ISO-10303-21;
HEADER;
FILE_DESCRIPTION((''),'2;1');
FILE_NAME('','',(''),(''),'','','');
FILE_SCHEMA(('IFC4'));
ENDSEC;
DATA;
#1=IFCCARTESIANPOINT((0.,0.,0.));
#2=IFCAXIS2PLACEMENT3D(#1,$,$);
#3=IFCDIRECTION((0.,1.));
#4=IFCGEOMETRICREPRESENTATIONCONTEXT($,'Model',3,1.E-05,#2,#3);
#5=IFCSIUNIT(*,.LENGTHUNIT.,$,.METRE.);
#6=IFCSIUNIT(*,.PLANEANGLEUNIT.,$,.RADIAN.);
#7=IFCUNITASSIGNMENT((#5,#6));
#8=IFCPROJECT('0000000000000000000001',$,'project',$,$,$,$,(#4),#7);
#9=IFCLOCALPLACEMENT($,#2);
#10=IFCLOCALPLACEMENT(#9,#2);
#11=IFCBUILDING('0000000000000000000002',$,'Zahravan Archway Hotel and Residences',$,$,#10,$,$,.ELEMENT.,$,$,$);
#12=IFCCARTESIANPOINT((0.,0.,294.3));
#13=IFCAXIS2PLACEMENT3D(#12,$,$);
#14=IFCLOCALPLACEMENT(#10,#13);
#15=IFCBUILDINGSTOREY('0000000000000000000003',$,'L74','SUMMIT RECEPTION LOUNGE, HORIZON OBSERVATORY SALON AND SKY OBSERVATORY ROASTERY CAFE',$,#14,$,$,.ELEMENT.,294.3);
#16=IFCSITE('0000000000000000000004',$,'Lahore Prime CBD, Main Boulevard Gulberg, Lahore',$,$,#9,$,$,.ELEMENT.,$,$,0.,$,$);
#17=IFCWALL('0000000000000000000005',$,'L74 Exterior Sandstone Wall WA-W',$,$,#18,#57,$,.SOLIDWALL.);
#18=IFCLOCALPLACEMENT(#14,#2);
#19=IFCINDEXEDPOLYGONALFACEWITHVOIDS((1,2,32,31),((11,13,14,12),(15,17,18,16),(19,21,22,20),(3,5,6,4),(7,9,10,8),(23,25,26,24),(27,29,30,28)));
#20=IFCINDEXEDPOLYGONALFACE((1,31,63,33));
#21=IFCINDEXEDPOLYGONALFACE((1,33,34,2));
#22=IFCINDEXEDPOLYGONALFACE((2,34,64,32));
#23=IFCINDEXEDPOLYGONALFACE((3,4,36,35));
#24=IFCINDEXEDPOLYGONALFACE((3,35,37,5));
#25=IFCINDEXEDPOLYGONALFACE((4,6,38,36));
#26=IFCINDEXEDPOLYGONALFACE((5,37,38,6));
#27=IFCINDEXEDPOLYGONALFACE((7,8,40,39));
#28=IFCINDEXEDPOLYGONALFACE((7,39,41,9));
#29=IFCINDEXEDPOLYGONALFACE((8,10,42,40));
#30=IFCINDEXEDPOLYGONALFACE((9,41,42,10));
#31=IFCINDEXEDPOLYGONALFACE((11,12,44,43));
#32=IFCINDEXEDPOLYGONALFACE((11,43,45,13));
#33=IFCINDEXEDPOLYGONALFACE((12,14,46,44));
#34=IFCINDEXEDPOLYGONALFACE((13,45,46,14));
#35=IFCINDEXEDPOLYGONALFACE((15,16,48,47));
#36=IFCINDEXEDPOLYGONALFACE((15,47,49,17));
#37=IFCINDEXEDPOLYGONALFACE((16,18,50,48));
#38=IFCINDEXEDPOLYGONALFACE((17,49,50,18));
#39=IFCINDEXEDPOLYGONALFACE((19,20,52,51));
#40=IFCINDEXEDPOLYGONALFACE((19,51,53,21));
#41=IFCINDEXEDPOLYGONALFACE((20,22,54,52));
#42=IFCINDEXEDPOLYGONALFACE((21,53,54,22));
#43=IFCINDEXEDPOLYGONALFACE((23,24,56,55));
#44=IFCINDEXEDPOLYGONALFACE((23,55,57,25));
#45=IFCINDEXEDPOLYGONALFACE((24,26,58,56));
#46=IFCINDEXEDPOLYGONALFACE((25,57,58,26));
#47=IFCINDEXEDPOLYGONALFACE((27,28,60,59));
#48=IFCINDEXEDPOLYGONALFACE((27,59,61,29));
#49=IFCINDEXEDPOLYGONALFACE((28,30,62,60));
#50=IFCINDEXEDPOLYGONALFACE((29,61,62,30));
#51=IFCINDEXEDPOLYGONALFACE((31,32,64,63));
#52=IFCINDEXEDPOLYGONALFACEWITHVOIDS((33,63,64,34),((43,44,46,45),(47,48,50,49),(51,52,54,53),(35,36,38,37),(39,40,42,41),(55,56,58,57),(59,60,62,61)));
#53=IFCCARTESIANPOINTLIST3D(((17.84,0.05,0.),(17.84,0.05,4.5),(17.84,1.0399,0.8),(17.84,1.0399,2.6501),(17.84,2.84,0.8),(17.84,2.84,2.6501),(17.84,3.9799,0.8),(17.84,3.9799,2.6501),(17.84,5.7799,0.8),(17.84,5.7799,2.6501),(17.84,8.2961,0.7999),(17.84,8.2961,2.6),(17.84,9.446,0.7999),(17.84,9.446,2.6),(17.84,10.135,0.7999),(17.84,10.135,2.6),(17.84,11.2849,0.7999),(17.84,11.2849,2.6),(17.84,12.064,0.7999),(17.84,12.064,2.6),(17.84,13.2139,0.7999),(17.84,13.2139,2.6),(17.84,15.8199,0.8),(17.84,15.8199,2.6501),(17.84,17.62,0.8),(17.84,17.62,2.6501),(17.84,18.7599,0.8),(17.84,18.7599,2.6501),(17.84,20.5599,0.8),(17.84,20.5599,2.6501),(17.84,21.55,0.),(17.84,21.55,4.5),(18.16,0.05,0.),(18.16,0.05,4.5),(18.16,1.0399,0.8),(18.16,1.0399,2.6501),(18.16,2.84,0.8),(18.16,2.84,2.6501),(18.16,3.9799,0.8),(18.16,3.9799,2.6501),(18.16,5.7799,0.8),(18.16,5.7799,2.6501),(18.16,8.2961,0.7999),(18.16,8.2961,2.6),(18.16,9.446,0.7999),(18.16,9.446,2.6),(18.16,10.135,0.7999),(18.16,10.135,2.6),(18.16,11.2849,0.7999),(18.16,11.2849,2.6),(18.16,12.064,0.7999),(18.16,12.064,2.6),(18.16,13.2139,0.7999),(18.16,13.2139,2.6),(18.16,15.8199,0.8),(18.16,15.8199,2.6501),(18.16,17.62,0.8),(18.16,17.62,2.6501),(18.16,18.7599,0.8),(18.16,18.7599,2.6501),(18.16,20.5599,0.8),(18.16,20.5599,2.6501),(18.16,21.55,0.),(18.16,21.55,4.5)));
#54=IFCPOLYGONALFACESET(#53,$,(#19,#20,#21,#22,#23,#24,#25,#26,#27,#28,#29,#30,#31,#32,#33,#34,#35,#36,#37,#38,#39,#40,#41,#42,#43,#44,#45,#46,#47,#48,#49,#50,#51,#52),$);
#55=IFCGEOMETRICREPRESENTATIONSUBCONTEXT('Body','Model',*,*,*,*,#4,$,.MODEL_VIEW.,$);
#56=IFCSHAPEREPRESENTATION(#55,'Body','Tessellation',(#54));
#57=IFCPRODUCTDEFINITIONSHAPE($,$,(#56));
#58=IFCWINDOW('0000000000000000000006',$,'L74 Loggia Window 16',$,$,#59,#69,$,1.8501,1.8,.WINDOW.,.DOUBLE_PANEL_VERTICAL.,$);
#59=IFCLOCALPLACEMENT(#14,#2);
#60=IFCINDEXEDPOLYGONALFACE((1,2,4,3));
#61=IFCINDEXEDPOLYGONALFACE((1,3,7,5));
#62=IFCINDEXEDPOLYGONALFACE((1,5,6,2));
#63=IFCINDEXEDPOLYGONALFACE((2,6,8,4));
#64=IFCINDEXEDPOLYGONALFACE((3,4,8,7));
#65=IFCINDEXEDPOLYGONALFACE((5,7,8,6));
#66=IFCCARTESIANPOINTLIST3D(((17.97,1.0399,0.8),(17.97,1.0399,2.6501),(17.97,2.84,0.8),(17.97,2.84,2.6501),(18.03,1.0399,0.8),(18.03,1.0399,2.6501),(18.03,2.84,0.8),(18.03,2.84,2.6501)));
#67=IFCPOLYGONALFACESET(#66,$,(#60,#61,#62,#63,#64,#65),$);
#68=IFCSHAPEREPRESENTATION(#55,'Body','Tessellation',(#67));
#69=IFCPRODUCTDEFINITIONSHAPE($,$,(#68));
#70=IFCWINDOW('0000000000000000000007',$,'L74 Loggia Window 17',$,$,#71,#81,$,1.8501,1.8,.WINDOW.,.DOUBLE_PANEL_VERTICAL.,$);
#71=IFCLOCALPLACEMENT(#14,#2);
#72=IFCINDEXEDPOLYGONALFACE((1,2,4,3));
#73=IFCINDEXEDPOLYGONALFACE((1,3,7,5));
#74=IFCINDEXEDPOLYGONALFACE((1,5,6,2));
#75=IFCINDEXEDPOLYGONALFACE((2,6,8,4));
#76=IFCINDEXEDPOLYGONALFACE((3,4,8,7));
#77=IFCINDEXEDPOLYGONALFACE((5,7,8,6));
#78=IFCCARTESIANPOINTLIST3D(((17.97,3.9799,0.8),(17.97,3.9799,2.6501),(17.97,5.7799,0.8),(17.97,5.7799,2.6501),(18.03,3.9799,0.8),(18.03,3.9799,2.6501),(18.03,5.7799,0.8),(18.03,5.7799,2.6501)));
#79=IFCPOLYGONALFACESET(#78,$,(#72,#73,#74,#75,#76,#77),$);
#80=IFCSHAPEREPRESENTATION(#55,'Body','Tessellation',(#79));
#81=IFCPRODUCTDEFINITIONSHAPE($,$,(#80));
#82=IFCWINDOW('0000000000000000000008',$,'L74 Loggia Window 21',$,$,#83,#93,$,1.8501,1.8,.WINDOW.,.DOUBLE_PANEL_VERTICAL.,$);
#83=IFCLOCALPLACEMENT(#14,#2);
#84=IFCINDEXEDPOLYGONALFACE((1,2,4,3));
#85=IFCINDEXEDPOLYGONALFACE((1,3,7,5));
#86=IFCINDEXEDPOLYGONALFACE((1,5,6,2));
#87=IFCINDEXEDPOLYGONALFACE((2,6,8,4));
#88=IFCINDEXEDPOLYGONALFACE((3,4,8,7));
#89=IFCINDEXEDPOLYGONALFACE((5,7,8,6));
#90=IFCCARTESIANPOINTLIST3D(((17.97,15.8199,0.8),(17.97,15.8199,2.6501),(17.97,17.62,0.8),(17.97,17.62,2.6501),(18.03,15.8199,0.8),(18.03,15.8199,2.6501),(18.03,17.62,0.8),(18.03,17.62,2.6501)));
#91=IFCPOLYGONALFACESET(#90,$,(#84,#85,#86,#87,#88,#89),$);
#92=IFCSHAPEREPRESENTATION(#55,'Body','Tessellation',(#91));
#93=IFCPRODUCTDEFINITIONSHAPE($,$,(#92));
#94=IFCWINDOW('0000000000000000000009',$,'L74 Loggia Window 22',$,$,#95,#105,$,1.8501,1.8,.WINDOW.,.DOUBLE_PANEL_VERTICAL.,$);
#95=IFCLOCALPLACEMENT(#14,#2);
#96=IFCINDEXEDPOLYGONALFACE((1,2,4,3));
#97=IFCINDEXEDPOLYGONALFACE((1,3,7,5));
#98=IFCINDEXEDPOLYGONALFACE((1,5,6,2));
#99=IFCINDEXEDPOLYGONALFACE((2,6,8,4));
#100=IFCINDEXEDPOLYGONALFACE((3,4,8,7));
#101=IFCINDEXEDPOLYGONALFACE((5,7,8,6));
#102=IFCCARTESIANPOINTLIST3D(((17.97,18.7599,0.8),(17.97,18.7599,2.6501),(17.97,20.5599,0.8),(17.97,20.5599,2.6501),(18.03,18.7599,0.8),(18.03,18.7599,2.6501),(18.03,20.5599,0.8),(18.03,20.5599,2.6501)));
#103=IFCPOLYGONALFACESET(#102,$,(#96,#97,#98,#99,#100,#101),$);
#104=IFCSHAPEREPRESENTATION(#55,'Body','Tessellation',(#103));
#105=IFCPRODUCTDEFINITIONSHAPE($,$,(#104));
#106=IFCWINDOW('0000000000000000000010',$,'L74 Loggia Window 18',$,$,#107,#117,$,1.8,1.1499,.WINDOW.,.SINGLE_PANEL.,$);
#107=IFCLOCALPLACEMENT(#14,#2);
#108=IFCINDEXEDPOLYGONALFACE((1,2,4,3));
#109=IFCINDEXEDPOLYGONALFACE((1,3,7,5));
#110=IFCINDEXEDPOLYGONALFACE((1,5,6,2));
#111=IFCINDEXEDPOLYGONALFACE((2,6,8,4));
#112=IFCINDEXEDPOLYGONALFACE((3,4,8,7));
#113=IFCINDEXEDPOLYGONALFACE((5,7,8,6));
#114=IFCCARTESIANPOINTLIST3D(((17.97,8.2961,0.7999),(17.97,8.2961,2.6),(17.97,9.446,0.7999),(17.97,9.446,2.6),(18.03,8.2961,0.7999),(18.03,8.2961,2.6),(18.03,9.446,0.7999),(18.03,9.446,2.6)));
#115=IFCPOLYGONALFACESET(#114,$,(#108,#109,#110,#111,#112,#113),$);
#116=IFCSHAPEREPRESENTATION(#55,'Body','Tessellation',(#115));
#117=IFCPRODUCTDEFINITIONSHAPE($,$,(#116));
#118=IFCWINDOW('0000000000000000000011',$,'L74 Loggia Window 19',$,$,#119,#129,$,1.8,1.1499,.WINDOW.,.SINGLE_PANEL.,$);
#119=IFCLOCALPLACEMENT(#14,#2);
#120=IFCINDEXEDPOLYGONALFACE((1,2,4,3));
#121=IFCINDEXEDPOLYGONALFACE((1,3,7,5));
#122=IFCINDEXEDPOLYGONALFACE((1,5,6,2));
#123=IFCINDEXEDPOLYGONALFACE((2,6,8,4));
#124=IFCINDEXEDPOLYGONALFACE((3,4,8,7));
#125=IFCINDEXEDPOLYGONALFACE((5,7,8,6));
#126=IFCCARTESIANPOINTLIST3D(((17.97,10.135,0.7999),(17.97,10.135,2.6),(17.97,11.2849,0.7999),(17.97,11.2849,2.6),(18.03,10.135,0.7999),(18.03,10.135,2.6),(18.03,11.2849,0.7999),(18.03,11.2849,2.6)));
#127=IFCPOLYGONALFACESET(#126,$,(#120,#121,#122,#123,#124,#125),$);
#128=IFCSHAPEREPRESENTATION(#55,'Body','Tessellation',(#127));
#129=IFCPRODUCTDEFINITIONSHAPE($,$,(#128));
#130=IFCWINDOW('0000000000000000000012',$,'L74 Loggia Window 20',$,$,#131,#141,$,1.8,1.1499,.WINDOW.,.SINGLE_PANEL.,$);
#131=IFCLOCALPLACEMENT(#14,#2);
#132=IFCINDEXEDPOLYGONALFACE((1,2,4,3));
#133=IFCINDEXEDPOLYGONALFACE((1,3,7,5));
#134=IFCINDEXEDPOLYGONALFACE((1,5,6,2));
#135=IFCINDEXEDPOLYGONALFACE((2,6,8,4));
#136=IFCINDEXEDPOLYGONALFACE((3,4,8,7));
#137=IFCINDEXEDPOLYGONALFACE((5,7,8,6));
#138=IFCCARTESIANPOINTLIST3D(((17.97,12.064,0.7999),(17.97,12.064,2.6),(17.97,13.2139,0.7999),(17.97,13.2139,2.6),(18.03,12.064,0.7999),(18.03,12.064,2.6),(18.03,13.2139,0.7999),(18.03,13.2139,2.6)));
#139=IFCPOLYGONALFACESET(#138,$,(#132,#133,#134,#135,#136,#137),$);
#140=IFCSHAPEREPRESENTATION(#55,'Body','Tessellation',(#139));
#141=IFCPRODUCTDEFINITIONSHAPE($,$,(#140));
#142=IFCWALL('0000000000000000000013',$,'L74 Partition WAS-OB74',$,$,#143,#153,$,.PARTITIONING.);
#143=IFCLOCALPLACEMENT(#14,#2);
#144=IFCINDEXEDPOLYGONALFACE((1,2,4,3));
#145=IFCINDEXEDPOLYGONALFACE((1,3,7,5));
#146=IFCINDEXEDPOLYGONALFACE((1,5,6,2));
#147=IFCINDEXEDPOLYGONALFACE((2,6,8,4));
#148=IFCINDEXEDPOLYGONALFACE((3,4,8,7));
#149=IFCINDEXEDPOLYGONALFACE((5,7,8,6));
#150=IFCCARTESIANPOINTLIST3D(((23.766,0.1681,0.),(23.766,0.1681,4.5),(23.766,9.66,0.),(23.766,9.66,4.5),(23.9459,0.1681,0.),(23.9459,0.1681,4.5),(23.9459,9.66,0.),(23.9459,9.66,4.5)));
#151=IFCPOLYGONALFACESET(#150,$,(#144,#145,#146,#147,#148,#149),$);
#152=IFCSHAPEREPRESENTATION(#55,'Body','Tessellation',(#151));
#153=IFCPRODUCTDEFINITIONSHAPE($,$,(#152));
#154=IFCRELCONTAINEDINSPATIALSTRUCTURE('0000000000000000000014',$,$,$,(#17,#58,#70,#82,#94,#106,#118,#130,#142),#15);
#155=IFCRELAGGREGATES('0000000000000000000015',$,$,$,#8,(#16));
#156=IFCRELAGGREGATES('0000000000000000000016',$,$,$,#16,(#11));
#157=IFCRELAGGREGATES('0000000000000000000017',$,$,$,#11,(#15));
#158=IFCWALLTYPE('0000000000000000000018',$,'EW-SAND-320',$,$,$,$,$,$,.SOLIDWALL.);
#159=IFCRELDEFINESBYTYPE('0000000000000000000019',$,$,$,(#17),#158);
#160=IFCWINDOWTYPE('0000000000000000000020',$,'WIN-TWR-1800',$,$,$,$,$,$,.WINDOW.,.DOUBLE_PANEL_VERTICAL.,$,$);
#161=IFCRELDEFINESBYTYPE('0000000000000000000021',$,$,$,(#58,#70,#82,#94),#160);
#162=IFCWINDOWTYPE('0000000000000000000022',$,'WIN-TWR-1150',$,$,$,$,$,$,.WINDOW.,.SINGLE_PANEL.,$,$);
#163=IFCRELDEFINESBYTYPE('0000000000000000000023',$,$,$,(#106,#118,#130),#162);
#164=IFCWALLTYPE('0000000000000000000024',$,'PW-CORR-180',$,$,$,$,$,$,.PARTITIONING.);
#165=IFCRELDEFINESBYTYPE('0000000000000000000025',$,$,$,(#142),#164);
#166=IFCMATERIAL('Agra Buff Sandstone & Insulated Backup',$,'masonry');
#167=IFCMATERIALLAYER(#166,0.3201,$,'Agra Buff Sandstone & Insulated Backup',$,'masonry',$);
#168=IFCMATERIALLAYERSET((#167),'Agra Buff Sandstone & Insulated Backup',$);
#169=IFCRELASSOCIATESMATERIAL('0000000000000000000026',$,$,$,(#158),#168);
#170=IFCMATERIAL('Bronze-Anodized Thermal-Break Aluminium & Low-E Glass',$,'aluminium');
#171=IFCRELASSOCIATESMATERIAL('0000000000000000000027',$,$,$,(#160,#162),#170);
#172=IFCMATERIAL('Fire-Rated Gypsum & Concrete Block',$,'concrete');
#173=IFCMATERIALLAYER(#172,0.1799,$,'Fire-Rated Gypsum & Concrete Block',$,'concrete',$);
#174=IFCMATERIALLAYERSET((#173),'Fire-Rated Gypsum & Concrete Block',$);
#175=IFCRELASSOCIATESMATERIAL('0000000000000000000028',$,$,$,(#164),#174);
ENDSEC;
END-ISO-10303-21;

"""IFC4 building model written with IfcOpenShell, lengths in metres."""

from ifc_helpers import new_model, si_unit, direction, frame, frame_2d, origin, place, context, subcontext, project, spatial, rectangle, extrude, source, transform, mapped, material, layer, layer_set, type_object, type_shapes, element, fill, save


model = new_model("IFC4")

# Units and contexts
model_context = context("Model", 3, precision=1e-05, world=origin(), true_north=direction((0.0, 1.0)))
body_context = subcontext(model_context, "Body", "Model", "MODEL_VIEW")
ifc_project = project(units=[si_unit("LENGTHUNIT", "METRE"), si_unit("PLANEANGLEUNIT", "RADIAN")], contexts=[model_context])

# Site, building, storey
site_placement = place(None, origin())
site = spatial("IfcSite", under=ifc_project, at=site_placement, Name="Lahore Prime CBD, Main Boulevard Gulberg, Lahore", CompositionType="ELEMENT", RefElevation=0.0)
building_placement = place(site_placement, origin())
building = spatial("IfcBuilding", under=site, at=building_placement, Name="Zahravan Archway Hotel and Residences", CompositionType="ELEMENT")
storey_placement = place(building_placement, frame((0.0, 0.0, 294.3)))
storey = spatial("IfcBuildingStorey", under=building, at=storey_placement, Name="L74", Description="SUMMIT RECEPTION LOUNGE, HORIZON OBSERVATORY SALON AND SKY OBSERVATORY ROASTERY CAFE", CompositionType="ELEMENT", Elevation=294.3)

# Shared definitions
ifc_material_1 = material(Name="Agra Buff Sandstone & Insulated Backup", Category="masonry")
ifc_layer_1 = layer(ifc_material_1, 0.3201, Name="Agra Buff Sandstone & Insulated Backup", Category="masonry")
ifc_layer_set_1 = layer_set([ifc_layer_1], Name="Agra Buff Sandstone & Insulated Backup")
wall_type_1 = type_object("IfcWallType", Name="EW-SAND-320", PredefinedType="SOLIDWALL", material=ifc_layer_set_1)
ifc_material_2 = material(Name="Bronze-Anodized Thermal-Break Aluminium & Low-E Glass", Category="aluminium")
window_type_1 = type_object("IfcWindowType", Name="WIN-TWR-1800", PartitioningType="DOUBLE_PANEL_VERTICAL", PredefinedType="WINDOW", material=ifc_material_2)
shared_shape_1 = source(origin(), body_context, "Body", "SweptSolid", [
    extrude(rectangle(XDim=1.8, YDim=1.8501, at=frame_2d((0.8999, 0.925))), frame((0.0, 0.03, 0.0), z_axis=(0.0, -1.0, 0.0), x_axis=(1.0, 0.0, 0.0)), (0.0, 0.0, 1.0), 0.0601),
])
type_shapes(window_type_1, [shared_shape_1])

# Wall, openings, windows
wall_1_placement = place(storey_placement, frame((18.0, 0.05, 0.0), z_axis=(0.0, 0.0, 1.0), x_axis=(0.0, 1.0, 0.0)))
wall_1 = element("IfcWall", 1, at=wall_1_placement, inside=storey, type_object=wall_type_1, Name="L74 Exterior Sandstone Wall WA-W", PredefinedType="SOLIDWALL", context=body_context, shape_type="SweptSolid", body=[
    extrude(rectangle(XDim=21.5, YDim=0.3201, at=frame_2d((10.75, 0.0))), origin(), (0.0, 0.0, 1.0), 4.5),
])
opening_1_placement = place(wall_1_placement, frame((0.99, 0.0, 0.8)))
opening_1 = element("IfcOpeningElement", 2, at=opening_1_placement, cuts=wall_1, PredefinedType="OPENING", context=body_context, shape_type="SweptSolid", body=[
    extrude(rectangle(XDim=1.8, YDim=1.8501, at=frame_2d((0.8999, 0.925))), frame((0.0, 0.1699, 0.0), z_axis=(0.0, -1.0, 0.0), x_axis=(1.0, 0.0, 0.0)), (0.0, 0.0, 1.0), 0.3401),
])
opening_2_placement = place(wall_1_placement, frame((3.9299, 0.0, 0.8)))
opening_2 = element("IfcOpeningElement", 3, at=opening_2_placement, cuts=wall_1, PredefinedType="OPENING", context=body_context, shape_type="SweptSolid", body=[
    extrude(rectangle(XDim=1.8, YDim=1.8501, at=frame_2d((0.8999, 0.925))), frame((0.0, 0.1699, 0.0), z_axis=(0.0, -1.0, 0.0), x_axis=(1.0, 0.0, 0.0)), (0.0, 0.0, 1.0), 0.3401),
])
opening_3_placement = place(wall_1_placement, frame((8.2461, 0.0, 0.8)))
opening_3 = element("IfcOpeningElement", 4, at=opening_3_placement, cuts=wall_1, PredefinedType="OPENING", context=body_context, shape_type="SweptSolid", body=[
    extrude(rectangle(XDim=1.1499, YDim=1.8, at=frame_2d((0.575, 0.8999))), frame((0.0, 0.1699, 0.0), z_axis=(0.0, -1.0, 0.0), x_axis=(1.0, 0.0, 0.0)), (0.0, 0.0, 1.0), 0.3401),
])
opening_4_placement = place(wall_1_placement, frame((10.085, 0.0, 0.8)))
opening_4 = element("IfcOpeningElement", 5, at=opening_4_placement, cuts=wall_1, PredefinedType="OPENING", context=body_context, shape_type="SweptSolid", body=[
    extrude(rectangle(XDim=1.1499, YDim=1.8, at=frame_2d((0.575, 0.8999))), frame((0.0, 0.1699, 0.0), z_axis=(0.0, -1.0, 0.0), x_axis=(1.0, 0.0, 0.0)), (0.0, 0.0, 1.0), 0.3401),
])
opening_5_placement = place(wall_1_placement, frame((12.0139, 0.0, 0.8)))
opening_5 = element("IfcOpeningElement", 6, at=opening_5_placement, cuts=wall_1, PredefinedType="OPENING", context=body_context, shape_type="SweptSolid", body=[
    extrude(rectangle(XDim=1.1499, YDim=1.8, at=frame_2d((0.575, 0.8999))), frame((0.0, 0.1699, 0.0), z_axis=(0.0, -1.0, 0.0), x_axis=(1.0, 0.0, 0.0)), (0.0, 0.0, 1.0), 0.3401),
])
opening_6_placement = place(wall_1_placement, frame((15.77, 0.0, 0.8)))
opening_6 = element("IfcOpeningElement", 7, at=opening_6_placement, cuts=wall_1, PredefinedType="OPENING", context=body_context, shape_type="SweptSolid", body=[
    extrude(rectangle(XDim=1.8, YDim=1.8501, at=frame_2d((0.8999, 0.925))), frame((0.0, 0.1699, 0.0), z_axis=(0.0, -1.0, 0.0), x_axis=(1.0, 0.0, 0.0)), (0.0, 0.0, 1.0), 0.3401),
])
opening_7_placement = place(wall_1_placement, frame((18.71, 0.0, 0.8)))
opening_7 = element("IfcOpeningElement", 8, at=opening_7_placement, cuts=wall_1, PredefinedType="OPENING", context=body_context, shape_type="SweptSolid", body=[
    extrude(rectangle(XDim=1.8, YDim=1.8501, at=frame_2d((0.8999, 0.925))), frame((0.0, 0.1699, 0.0), z_axis=(0.0, -1.0, 0.0), x_axis=(1.0, 0.0, 0.0)), (0.0, 0.0, 1.0), 0.3401),
])
window_1_placement = place(opening_1_placement, origin())
window_1 = element("IfcWindow", 9, at=window_1_placement, inside=storey, type_object=window_type_1, Name="L74 Loggia Window 16", OverallHeight=1.8501, OverallWidth=1.8, PartitioningType="DOUBLE_PANEL_VERTICAL", PredefinedType="WINDOW", context=body_context, shape_type="MappedRepresentation", body=[
    mapped(shared_shape_1, transform((0.0, 0.0, 0.0), scale=1.0)),
])
fill(opening_1, window_1)
window_2_placement = place(opening_2_placement, origin())
window_2 = element("IfcWindow", 10, at=window_2_placement, inside=storey, type_object=window_type_1, Name="L74 Loggia Window 17", OverallHeight=1.8501, OverallWidth=1.8, PartitioningType="DOUBLE_PANEL_VERTICAL", PredefinedType="WINDOW", context=body_context, shape_type="MappedRepresentation", body=[
    mapped(shared_shape_1, transform((0.0, 0.0, 0.0), scale=1.0)),
])
fill(opening_2, window_2)
window_3_placement = place(opening_6_placement, origin())
window_3 = element("IfcWindow", 11, at=window_3_placement, inside=storey, type_object=window_type_1, Name="L74 Loggia Window 21", OverallHeight=1.8501, OverallWidth=1.8, PartitioningType="DOUBLE_PANEL_VERTICAL", PredefinedType="WINDOW", context=body_context, shape_type="MappedRepresentation", body=[
    mapped(shared_shape_1, transform((0.0, 0.0, 0.0), scale=1.0)),
])
fill(opening_6, window_3)
window_4_placement = place(opening_7_placement, origin())
window_4 = element("IfcWindow", 12, at=window_4_placement, inside=storey, type_object=window_type_1, Name="L74 Loggia Window 22", OverallHeight=1.8501, OverallWidth=1.8, PartitioningType="DOUBLE_PANEL_VERTICAL", PredefinedType="WINDOW", context=body_context, shape_type="MappedRepresentation", body=[
    mapped(shared_shape_1, transform((0.0, 0.0, 0.0), scale=1.0)),
])
fill(opening_7, window_4)
window_type_2 = type_object("IfcWindowType", Name="WIN-TWR-1150", PartitioningType="SINGLE_PANEL", PredefinedType="WINDOW", material=ifc_material_2)
shared_shape_2 = source(origin(), body_context, "Body", "SweptSolid", [
    extrude(rectangle(XDim=1.1499, YDim=1.8, at=frame_2d((0.575, 0.8999))), frame((0.0, 0.03, 0.0), z_axis=(0.0, -1.0, 0.0), x_axis=(1.0, 0.0, 0.0)), (0.0, 0.0, 1.0), 0.0601),
])
type_shapes(window_type_2, [shared_shape_2])
window_5_placement = place(opening_3_placement, origin())
window_5 = element("IfcWindow", 13, at=window_5_placement, inside=storey, type_object=window_type_2, Name="L74 Loggia Window 18", OverallHeight=1.8, OverallWidth=1.1499, PartitioningType="SINGLE_PANEL", PredefinedType="WINDOW", context=body_context, shape_type="MappedRepresentation", body=[
    mapped(shared_shape_2, transform((0.0, 0.0, 0.0), scale=1.0)),
])
fill(opening_3, window_5)
window_6_placement = place(opening_4_placement, origin())
window_6 = element("IfcWindow", 14, at=window_6_placement, inside=storey, type_object=window_type_2, Name="L74 Loggia Window 19", OverallHeight=1.8, OverallWidth=1.1499, PartitioningType="SINGLE_PANEL", PredefinedType="WINDOW", context=body_context, shape_type="MappedRepresentation", body=[
    mapped(shared_shape_2, transform((0.0, 0.0, 0.0), scale=1.0)),
])
fill(opening_4, window_6)
window_7_placement = place(opening_5_placement, origin())
window_7 = element("IfcWindow", 15, at=window_7_placement, inside=storey, type_object=window_type_2, Name="L74 Loggia Window 20", OverallHeight=1.8, OverallWidth=1.1499, PartitioningType="SINGLE_PANEL", PredefinedType="WINDOW", context=body_context, shape_type="MappedRepresentation", body=[
    mapped(shared_shape_2, transform((0.0, 0.0, 0.0), scale=1.0)),
])
fill(opening_5, window_7)

# Wall
ifc_material_3 = material(Name="Fire-Rated Gypsum & Concrete Block", Category="concrete")
ifc_layer_2 = layer(ifc_material_3, 0.1799, Name="Fire-Rated Gypsum & Concrete Block", Category="concrete")
ifc_layer_set_2 = layer_set([ifc_layer_2], Name="Fire-Rated Gypsum & Concrete Block")
wall_type_2 = type_object("IfcWallType", Name="PW-CORR-180", PredefinedType="PARTITIONING", material=ifc_layer_set_2)
wall_2_placement = place(storey_placement, frame((23.856, 0.168, 0.0), z_axis=(0.0, 0.0, 1.0), x_axis=(0.0, 1.0, 0.0)))
element("IfcWall", 16, at=wall_2_placement, inside=storey, type_object=wall_type_2, Name="L74 Partition WAS-OB74", PredefinedType="PARTITIONING", context=body_context, shape_type="SweptSolid", body=[
    extrude(rectangle(XDim=9.4919, YDim=0.1799, at=frame_2d((4.7461, 0.0))), origin(), (0.0, 0.0, 1.0), 4.5),
])

save(model, "model.ifc")
